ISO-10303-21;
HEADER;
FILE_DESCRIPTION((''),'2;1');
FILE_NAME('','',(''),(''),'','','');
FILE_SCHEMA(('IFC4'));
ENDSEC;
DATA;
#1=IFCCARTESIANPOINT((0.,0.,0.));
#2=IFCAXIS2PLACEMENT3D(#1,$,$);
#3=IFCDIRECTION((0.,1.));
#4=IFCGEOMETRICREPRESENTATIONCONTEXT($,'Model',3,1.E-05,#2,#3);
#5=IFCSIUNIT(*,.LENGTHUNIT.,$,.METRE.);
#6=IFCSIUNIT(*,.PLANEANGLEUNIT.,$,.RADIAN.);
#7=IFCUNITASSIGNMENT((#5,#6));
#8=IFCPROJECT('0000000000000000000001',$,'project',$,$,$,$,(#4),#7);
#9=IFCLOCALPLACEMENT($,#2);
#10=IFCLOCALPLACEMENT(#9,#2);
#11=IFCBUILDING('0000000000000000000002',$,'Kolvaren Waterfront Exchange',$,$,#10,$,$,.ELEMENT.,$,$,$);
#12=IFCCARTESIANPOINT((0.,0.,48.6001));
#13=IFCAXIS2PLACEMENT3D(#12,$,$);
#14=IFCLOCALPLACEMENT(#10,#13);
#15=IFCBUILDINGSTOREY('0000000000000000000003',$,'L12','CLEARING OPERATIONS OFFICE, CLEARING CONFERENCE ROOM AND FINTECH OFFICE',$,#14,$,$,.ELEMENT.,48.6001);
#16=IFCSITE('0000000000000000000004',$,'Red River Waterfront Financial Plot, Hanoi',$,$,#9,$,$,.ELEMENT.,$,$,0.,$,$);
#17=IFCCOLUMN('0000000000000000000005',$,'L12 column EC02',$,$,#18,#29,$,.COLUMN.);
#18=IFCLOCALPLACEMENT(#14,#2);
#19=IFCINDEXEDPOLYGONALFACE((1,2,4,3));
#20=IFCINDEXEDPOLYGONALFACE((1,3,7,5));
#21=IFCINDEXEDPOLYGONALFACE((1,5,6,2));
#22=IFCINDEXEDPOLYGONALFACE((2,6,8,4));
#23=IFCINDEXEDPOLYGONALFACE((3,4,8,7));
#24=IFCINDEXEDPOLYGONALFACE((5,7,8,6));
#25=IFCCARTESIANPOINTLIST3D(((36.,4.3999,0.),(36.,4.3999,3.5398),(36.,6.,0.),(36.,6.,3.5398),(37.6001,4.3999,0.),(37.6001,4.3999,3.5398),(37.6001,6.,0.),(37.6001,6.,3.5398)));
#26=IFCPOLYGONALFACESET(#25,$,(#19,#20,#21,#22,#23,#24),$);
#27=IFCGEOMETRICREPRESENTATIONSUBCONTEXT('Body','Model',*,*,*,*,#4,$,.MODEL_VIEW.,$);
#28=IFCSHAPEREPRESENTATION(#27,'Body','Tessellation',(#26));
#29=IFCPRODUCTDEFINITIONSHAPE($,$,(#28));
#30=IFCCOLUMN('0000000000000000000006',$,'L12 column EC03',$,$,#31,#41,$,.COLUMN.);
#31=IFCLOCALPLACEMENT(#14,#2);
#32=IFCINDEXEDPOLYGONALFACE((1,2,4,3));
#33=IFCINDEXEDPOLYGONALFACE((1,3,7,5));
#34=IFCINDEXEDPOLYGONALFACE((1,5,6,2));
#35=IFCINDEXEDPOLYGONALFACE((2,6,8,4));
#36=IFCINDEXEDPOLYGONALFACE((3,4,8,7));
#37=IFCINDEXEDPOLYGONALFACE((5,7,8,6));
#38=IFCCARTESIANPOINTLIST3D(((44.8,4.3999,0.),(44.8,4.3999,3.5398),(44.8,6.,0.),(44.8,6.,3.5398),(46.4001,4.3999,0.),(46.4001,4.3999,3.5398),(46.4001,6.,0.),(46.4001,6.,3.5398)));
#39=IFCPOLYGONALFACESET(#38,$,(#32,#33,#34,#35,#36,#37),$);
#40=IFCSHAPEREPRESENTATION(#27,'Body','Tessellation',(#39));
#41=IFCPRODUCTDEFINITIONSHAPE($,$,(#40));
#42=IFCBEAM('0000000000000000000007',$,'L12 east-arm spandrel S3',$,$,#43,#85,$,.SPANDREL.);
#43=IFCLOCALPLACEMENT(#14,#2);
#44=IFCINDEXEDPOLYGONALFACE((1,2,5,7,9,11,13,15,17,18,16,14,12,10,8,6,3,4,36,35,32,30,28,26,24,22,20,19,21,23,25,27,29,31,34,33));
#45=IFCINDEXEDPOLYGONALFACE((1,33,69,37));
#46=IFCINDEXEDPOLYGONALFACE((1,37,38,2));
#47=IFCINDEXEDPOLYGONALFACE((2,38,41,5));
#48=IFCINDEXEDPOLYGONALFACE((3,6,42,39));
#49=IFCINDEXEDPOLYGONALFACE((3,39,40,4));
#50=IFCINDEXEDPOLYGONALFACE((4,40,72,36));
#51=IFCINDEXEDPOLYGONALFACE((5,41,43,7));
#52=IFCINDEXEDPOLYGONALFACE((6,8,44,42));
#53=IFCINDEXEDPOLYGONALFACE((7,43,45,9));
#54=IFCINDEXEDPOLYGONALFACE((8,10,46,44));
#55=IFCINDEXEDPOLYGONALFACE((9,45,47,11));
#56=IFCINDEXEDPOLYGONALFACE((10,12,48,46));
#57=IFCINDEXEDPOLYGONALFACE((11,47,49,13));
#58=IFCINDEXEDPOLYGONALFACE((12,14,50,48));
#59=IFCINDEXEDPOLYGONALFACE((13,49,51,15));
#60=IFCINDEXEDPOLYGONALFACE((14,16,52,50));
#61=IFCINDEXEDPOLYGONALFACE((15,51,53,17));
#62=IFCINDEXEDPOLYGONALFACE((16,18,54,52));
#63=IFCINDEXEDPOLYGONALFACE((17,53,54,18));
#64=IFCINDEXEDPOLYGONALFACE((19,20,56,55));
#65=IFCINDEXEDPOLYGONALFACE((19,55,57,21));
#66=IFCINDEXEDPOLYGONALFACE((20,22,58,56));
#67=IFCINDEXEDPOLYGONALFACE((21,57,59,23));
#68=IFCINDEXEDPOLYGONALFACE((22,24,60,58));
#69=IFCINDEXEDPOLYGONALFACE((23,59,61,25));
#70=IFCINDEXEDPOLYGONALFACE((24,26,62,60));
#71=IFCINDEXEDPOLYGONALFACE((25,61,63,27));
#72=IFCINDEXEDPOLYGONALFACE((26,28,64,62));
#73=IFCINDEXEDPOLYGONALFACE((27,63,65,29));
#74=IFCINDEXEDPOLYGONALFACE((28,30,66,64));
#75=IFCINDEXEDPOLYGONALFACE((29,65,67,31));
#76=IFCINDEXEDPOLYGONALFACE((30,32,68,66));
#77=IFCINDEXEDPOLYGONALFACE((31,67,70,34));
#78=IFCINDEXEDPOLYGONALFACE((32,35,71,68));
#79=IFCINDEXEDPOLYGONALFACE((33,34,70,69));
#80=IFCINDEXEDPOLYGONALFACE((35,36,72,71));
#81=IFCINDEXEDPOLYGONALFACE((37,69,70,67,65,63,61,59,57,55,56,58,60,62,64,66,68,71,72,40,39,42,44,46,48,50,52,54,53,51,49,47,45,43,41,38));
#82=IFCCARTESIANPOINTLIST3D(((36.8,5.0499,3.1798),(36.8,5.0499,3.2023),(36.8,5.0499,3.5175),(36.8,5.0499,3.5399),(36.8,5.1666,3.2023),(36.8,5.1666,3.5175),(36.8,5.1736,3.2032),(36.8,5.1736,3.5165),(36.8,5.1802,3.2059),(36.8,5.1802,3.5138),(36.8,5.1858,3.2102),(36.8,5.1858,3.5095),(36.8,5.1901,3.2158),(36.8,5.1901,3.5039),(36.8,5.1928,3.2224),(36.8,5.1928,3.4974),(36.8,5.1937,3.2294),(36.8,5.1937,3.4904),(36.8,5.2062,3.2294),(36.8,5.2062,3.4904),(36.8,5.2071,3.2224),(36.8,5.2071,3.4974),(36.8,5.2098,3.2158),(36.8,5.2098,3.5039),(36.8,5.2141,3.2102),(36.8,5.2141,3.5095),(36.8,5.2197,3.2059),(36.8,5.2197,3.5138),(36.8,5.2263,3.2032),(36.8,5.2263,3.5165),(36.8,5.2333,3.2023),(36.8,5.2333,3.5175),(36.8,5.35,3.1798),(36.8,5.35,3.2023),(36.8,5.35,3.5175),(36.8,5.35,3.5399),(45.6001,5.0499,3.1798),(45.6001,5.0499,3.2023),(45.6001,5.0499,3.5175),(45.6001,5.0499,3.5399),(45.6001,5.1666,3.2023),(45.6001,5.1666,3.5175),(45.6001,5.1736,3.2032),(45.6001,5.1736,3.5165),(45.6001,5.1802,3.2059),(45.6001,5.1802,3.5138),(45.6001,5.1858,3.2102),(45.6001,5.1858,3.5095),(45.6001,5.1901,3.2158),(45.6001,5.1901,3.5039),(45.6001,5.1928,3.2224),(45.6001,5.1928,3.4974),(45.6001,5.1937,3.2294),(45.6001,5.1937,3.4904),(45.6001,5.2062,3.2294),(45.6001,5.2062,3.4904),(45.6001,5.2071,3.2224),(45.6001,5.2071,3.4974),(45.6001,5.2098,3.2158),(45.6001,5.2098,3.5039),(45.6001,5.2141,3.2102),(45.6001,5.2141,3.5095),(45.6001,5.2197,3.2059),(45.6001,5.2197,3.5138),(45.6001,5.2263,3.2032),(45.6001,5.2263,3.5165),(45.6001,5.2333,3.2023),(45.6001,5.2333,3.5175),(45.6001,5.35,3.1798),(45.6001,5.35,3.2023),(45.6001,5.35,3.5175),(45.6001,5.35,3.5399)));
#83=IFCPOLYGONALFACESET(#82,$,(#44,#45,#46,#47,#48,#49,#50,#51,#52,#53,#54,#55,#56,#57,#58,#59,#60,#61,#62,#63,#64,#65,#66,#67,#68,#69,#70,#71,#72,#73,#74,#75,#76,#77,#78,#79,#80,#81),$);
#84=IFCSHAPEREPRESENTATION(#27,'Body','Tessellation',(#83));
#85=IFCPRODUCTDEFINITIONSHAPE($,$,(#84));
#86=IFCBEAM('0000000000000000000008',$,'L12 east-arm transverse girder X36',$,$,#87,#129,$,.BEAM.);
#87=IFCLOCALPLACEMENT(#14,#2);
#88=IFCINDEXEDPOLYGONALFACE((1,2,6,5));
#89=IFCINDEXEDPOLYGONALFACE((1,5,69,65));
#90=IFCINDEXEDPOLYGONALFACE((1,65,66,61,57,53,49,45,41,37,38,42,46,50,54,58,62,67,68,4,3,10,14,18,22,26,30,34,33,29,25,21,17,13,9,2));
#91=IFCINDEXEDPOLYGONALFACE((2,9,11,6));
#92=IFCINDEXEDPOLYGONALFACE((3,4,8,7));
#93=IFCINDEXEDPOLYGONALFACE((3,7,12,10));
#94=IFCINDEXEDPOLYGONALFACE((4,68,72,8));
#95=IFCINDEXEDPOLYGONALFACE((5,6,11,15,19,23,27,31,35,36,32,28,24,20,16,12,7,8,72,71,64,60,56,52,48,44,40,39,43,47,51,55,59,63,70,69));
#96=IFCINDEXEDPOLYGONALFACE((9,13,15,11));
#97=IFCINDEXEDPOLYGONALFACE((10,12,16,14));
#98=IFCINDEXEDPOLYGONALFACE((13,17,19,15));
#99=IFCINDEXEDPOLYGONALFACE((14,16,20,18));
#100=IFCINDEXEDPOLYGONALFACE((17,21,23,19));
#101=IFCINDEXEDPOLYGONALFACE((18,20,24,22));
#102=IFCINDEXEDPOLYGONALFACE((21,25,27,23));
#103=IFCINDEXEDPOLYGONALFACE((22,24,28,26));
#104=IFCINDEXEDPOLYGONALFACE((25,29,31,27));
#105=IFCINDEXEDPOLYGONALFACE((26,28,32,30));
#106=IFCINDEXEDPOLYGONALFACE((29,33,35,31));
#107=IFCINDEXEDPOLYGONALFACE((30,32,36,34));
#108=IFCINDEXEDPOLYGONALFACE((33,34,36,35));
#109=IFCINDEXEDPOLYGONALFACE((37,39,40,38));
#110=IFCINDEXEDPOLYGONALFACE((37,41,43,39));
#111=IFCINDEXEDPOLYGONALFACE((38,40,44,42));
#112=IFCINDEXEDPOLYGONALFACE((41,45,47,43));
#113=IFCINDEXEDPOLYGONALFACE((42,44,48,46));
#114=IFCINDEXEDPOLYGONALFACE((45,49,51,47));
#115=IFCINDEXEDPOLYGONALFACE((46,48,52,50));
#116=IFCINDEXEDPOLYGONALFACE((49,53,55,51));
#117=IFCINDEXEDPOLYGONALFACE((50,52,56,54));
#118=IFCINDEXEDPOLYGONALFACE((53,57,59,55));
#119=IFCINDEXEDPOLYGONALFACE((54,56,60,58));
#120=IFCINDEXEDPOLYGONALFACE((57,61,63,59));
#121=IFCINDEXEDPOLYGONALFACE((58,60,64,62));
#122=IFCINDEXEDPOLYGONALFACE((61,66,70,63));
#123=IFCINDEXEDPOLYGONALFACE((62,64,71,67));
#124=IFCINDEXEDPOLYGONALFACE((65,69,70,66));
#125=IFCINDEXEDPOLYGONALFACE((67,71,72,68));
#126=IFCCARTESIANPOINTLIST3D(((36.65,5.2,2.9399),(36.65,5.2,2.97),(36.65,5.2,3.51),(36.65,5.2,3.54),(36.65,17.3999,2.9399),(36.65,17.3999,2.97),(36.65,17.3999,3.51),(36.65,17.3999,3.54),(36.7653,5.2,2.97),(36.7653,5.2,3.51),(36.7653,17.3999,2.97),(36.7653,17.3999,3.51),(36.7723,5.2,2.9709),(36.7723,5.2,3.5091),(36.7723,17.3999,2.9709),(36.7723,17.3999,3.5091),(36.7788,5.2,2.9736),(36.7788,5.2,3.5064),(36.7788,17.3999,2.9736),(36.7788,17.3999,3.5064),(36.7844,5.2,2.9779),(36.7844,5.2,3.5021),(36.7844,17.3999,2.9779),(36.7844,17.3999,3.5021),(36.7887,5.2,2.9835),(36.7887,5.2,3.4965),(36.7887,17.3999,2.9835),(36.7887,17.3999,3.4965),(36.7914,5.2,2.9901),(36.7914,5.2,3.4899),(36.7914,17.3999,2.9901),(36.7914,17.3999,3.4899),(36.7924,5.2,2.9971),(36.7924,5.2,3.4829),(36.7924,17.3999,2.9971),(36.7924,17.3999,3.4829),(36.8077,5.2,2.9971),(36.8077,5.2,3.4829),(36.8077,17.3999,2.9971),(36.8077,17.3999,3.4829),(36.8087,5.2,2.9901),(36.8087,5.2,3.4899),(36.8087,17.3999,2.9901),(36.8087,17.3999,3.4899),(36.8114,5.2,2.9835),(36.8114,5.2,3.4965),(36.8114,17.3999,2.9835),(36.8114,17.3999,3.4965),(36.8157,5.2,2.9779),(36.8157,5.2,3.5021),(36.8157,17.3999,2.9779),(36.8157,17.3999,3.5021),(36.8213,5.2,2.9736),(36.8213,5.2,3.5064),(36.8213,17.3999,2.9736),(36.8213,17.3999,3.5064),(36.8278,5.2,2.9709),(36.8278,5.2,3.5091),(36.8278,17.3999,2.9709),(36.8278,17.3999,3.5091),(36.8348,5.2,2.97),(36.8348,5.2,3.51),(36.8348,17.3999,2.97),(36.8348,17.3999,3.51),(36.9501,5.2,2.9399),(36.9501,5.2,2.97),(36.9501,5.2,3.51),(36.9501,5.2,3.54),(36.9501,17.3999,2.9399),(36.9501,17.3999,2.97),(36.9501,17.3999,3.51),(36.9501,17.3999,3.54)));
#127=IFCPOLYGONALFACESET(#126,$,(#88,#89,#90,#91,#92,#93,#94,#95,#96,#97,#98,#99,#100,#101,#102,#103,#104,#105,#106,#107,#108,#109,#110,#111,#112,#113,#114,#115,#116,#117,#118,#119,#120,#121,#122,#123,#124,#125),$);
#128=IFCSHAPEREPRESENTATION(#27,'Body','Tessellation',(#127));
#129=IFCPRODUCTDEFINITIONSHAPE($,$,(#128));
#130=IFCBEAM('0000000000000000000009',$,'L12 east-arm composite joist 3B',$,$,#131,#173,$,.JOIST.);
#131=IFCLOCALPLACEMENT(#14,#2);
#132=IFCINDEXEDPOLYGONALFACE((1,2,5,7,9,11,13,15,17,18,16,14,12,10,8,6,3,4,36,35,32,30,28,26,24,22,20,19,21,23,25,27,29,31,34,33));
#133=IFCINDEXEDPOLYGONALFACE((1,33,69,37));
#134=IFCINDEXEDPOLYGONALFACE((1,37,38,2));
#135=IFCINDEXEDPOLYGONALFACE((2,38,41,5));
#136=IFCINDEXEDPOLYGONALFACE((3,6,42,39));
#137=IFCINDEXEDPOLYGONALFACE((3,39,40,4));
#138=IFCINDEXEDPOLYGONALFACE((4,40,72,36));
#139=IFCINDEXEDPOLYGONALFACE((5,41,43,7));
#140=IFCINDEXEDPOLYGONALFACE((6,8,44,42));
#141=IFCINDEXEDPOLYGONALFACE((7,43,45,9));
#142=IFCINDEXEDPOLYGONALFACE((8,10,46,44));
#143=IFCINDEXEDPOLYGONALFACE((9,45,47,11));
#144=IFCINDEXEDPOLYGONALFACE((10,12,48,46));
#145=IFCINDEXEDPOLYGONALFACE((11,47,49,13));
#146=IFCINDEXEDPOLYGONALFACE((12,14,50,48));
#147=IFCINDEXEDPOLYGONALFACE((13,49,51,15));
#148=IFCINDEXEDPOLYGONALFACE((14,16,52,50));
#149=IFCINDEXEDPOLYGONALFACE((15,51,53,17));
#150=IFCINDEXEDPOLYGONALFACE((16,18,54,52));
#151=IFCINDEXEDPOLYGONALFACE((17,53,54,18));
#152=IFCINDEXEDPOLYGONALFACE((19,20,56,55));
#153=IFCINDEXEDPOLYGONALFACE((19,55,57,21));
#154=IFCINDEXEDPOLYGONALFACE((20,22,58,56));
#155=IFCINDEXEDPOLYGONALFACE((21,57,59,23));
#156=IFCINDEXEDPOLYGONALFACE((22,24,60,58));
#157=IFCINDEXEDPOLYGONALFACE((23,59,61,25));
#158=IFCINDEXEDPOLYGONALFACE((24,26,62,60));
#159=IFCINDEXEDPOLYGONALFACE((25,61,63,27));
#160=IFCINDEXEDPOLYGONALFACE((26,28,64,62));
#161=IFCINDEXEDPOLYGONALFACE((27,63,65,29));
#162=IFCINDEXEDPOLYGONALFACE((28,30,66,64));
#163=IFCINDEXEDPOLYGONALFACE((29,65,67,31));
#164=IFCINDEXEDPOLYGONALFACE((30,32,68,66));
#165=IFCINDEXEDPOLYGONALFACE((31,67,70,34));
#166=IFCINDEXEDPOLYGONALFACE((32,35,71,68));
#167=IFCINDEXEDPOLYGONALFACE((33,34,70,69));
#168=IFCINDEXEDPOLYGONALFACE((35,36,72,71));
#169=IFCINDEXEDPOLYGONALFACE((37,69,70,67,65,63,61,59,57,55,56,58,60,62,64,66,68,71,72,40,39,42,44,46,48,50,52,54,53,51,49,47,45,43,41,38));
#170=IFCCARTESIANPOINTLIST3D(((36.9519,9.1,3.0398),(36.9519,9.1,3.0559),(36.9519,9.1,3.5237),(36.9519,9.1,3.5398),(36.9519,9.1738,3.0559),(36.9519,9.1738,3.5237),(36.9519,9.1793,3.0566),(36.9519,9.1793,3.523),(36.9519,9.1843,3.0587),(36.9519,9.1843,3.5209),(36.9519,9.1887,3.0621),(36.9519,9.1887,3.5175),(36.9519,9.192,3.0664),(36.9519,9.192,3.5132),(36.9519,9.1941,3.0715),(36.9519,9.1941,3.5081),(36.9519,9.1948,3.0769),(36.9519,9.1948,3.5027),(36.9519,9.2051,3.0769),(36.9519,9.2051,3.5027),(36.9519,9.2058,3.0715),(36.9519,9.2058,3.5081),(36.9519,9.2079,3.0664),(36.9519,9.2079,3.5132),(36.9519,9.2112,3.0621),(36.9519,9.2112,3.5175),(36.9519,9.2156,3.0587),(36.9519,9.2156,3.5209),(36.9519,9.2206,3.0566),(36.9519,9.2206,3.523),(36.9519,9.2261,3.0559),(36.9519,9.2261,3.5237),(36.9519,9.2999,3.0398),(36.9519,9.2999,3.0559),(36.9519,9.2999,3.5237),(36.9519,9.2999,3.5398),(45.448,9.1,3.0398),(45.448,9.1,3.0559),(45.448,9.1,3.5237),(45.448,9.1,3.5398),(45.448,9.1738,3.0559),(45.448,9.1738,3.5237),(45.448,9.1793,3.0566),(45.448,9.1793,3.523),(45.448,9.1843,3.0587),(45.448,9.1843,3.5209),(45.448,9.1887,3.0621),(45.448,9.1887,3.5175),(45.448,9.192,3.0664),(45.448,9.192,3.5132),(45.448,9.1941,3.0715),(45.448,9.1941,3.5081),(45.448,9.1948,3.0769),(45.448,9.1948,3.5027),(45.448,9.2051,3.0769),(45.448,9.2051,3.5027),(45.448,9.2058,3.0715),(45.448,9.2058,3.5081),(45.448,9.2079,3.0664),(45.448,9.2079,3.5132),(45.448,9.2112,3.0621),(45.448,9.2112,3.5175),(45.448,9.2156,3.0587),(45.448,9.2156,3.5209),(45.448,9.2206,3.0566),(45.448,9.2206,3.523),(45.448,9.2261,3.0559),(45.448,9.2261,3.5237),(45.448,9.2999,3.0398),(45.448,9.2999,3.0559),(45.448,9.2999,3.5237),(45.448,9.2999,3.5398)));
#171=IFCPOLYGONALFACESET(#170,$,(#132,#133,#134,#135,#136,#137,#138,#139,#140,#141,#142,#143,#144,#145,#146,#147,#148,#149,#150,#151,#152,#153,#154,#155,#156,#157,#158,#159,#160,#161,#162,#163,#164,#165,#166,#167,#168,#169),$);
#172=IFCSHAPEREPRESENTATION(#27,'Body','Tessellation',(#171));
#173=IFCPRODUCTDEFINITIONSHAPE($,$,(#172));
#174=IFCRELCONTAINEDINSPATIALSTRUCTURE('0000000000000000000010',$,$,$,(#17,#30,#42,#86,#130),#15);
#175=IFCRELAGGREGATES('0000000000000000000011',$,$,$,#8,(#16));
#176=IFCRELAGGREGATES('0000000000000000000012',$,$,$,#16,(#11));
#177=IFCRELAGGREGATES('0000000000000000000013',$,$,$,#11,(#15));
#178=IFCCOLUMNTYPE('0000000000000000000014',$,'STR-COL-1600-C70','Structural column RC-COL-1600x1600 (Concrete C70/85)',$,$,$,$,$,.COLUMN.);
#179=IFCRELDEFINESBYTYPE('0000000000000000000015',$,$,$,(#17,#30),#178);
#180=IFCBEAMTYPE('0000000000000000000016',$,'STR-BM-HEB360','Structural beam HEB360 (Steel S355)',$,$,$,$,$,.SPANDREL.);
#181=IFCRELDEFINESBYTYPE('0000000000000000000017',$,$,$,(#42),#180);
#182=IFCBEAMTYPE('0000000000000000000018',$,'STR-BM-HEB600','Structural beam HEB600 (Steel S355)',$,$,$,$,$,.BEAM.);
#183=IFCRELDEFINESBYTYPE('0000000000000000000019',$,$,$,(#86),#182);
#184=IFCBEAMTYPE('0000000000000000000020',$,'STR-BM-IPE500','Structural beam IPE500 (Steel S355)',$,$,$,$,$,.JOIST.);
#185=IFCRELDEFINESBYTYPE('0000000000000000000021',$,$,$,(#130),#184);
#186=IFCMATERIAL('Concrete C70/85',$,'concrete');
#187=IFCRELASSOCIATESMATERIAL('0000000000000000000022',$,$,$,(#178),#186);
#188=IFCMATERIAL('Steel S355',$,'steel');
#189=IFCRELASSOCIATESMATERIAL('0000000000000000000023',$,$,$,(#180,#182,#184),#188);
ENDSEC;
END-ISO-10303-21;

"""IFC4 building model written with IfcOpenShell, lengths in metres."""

from ifc_helpers import new_model, si_unit, direction, frame, origin, origin_2d, place, context, subcontext, project, spatial, rectangle, i_section, extrude, material, material_profile, profile_set, type_object, element, save


model = new_model("IFC4")

# Units and contexts
model_context = context("Model", 3, precision=1e-05, world=origin(), true_north=direction((0.0, 1.0)))
body_context = subcontext(model_context, "Body", "Model", "MODEL_VIEW")
ifc_project = project(units=[si_unit("LENGTHUNIT", "METRE"), si_unit("PLANEANGLEUNIT", "RADIAN")], contexts=[model_context])

# Site, building, storey
site_placement = place(None, origin())
site = spatial("IfcSite", under=ifc_project, at=site_placement, Name="Red River Waterfront Financial Plot, Hanoi", CompositionType="ELEMENT", RefElevation=0.0)
building_placement = place(site_placement, origin())
building = spatial("IfcBuilding", under=site, at=building_placement, Name="Kolvaren Waterfront Exchange", CompositionType="ELEMENT")
storey_placement = place(building_placement, frame((0.0, 0.0, 48.6001)))
storey = spatial("IfcBuildingStorey", under=building, at=storey_placement, Name="L12", Description="CLEARING OPERATIONS OFFICE, CLEARING CONFERENCE ROOM AND FINTECH OFFICE", CompositionType="ELEMENT", Elevation=48.6001)

# Columns
ifc_material_1 = material(Name="Concrete C70/85", Category="concrete")
ifc_material_profile_1 = material_profile(ifc_material_1, rectangle(XDim=1.6001, YDim=1.6001, at=origin_2d()), Name="RC-COL-1600x1600")
ifc_profile_set_1 = profile_set([ifc_material_profile_1], Name="Concrete C70/85")
column_type = type_object("IfcColumnType", Name="STR-COL-1600-C70", Description="Structural column RC-COL-1600x1600 (Concrete C70/85)", PredefinedType="COLUMN", material=ifc_profile_set_1)
for number, where, z_axis, x_axis, name in (
    (1, (36.8, 5.2, 0.0), (0.0, 0.0, 1.0), (1.0, 0.0, 0.0), "L12 column EC02"),
    (2, (45.6001, 5.2, 0.0), (0.0, 0.0, 1.0), (1.0, 0.0, 0.0), "L12 column EC03"),
):
    element("IfcColumn", number, at=place(storey_placement, frame(where, z_axis=z_axis, x_axis=x_axis)), inside=storey, type_object=column_type, Name=name, PredefinedType="COLUMN", context=body_context, shape_type="SweptSolid", body=[
        extrude(rectangle(XDim=1.6001, YDim=1.6001, at=origin_2d()), origin(), (0.0, 0.0, 1.0), 3.5398),
    ])

# Beams
ifc_material_2 = material(Name="Steel S355", Category="steel")
ifc_material_profile_2 = material_profile(ifc_material_2, i_section(OverallWidth=0.3, OverallDepth=0.3601, WebThickness=0.0125, FlangeThickness=0.0225, FilletRadius=0.0271, at=origin_2d()), Name="HEB360")
ifc_profile_set_2 = profile_set([ifc_material_profile_2], Name="Steel S355")
beam_type_1 = type_object("IfcBeamType", Name="STR-BM-HEB360", Description="Structural beam HEB360 (Steel S355)", PredefinedType="SPANDREL", material=ifc_profile_set_2)
beam_1_placement = place(storey_placement, frame((36.8, 5.2, 3.3599), z_axis=(1.0, 0.0, 0.0), x_axis=(0.0, 1.0, 0.0)))
element("IfcBeam", 3, at=beam_1_placement, inside=storey, type_object=beam_type_1, Name="L12 east-arm spandrel S3", PredefinedType="SPANDREL", context=body_context, shape_type="SweptSolid", body=[
    extrude(i_section(OverallWidth=0.3, OverallDepth=0.3601, WebThickness=0.0125, FlangeThickness=0.0225, FilletRadius=0.0271, at=origin_2d()), origin(), (0.0, 0.0, 1.0), 8.8),
])
ifc_material_profile_3 = material_profile(ifc_material_2, i_section(OverallWidth=0.3, OverallDepth=0.6001, WebThickness=0.0154, FlangeThickness=0.03, FilletRadius=0.0271, at=origin_2d()), Name="HEB600")
ifc_profile_set_3 = profile_set([ifc_material_profile_3], Name="Steel S355")
beam_type_2 = type_object("IfcBeamType", Name="STR-BM-HEB600", Description="Structural beam HEB600 (Steel S355)", PredefinedType="BEAM", material=ifc_profile_set_3)
beam_2_placement = place(storey_placement, frame((36.8, 5.2, 3.24), z_axis=(0.0, 1.0, 0.0), x_axis=(-1.0, 0.0, 0.0)))
element("IfcBeam", 4, at=beam_2_placement, inside=storey, type_object=beam_type_2, Name="L12 east-arm transverse girder X36", PredefinedType="BEAM", context=body_context, shape_type="SweptSolid", body=[
    extrude(i_section(OverallWidth=0.3, OverallDepth=0.6001, WebThickness=0.0154, FlangeThickness=0.03, FilletRadius=0.0271, at=origin_2d()), origin(), (0.0, 0.0, 1.0), 12.2),
])
ifc_material_profile_4 = material_profile(ifc_material_2, i_section(OverallWidth=0.2, OverallDepth=0.5, WebThickness=0.0103, FlangeThickness=0.0161, FilletRadius=0.021, at=origin_2d()), Name="IPE500")
ifc_profile_set_4 = profile_set([ifc_material_profile_4], Name="Steel S355")
beam_type_3 = type_object("IfcBeamType", Name="STR-BM-IPE500", Description="Structural beam IPE500 (Steel S355)", PredefinedType="JOIST", material=ifc_profile_set_4)
beam_3_placement = place(storey_placement, frame((36.9519, 9.2, 3.2898), z_axis=(1.0, 0.0, 0.0), x_axis=(0.0, 1.0, 0.0)))
element("IfcBeam", 5, at=beam_3_placement, inside=storey, type_object=beam_type_3, Name="L12 east-arm composite joist 3B", PredefinedType="JOIST", context=body_context, shape_type="SweptSolid", body=[
    extrude(i_section(OverallWidth=0.2, OverallDepth=0.5, WebThickness=0.0103, FlangeThickness=0.0161, FilletRadius=0.021, at=origin_2d()), origin(), (0.0, 0.0, 1.0), 8.4961),
])

save(model, "model.ifc")
